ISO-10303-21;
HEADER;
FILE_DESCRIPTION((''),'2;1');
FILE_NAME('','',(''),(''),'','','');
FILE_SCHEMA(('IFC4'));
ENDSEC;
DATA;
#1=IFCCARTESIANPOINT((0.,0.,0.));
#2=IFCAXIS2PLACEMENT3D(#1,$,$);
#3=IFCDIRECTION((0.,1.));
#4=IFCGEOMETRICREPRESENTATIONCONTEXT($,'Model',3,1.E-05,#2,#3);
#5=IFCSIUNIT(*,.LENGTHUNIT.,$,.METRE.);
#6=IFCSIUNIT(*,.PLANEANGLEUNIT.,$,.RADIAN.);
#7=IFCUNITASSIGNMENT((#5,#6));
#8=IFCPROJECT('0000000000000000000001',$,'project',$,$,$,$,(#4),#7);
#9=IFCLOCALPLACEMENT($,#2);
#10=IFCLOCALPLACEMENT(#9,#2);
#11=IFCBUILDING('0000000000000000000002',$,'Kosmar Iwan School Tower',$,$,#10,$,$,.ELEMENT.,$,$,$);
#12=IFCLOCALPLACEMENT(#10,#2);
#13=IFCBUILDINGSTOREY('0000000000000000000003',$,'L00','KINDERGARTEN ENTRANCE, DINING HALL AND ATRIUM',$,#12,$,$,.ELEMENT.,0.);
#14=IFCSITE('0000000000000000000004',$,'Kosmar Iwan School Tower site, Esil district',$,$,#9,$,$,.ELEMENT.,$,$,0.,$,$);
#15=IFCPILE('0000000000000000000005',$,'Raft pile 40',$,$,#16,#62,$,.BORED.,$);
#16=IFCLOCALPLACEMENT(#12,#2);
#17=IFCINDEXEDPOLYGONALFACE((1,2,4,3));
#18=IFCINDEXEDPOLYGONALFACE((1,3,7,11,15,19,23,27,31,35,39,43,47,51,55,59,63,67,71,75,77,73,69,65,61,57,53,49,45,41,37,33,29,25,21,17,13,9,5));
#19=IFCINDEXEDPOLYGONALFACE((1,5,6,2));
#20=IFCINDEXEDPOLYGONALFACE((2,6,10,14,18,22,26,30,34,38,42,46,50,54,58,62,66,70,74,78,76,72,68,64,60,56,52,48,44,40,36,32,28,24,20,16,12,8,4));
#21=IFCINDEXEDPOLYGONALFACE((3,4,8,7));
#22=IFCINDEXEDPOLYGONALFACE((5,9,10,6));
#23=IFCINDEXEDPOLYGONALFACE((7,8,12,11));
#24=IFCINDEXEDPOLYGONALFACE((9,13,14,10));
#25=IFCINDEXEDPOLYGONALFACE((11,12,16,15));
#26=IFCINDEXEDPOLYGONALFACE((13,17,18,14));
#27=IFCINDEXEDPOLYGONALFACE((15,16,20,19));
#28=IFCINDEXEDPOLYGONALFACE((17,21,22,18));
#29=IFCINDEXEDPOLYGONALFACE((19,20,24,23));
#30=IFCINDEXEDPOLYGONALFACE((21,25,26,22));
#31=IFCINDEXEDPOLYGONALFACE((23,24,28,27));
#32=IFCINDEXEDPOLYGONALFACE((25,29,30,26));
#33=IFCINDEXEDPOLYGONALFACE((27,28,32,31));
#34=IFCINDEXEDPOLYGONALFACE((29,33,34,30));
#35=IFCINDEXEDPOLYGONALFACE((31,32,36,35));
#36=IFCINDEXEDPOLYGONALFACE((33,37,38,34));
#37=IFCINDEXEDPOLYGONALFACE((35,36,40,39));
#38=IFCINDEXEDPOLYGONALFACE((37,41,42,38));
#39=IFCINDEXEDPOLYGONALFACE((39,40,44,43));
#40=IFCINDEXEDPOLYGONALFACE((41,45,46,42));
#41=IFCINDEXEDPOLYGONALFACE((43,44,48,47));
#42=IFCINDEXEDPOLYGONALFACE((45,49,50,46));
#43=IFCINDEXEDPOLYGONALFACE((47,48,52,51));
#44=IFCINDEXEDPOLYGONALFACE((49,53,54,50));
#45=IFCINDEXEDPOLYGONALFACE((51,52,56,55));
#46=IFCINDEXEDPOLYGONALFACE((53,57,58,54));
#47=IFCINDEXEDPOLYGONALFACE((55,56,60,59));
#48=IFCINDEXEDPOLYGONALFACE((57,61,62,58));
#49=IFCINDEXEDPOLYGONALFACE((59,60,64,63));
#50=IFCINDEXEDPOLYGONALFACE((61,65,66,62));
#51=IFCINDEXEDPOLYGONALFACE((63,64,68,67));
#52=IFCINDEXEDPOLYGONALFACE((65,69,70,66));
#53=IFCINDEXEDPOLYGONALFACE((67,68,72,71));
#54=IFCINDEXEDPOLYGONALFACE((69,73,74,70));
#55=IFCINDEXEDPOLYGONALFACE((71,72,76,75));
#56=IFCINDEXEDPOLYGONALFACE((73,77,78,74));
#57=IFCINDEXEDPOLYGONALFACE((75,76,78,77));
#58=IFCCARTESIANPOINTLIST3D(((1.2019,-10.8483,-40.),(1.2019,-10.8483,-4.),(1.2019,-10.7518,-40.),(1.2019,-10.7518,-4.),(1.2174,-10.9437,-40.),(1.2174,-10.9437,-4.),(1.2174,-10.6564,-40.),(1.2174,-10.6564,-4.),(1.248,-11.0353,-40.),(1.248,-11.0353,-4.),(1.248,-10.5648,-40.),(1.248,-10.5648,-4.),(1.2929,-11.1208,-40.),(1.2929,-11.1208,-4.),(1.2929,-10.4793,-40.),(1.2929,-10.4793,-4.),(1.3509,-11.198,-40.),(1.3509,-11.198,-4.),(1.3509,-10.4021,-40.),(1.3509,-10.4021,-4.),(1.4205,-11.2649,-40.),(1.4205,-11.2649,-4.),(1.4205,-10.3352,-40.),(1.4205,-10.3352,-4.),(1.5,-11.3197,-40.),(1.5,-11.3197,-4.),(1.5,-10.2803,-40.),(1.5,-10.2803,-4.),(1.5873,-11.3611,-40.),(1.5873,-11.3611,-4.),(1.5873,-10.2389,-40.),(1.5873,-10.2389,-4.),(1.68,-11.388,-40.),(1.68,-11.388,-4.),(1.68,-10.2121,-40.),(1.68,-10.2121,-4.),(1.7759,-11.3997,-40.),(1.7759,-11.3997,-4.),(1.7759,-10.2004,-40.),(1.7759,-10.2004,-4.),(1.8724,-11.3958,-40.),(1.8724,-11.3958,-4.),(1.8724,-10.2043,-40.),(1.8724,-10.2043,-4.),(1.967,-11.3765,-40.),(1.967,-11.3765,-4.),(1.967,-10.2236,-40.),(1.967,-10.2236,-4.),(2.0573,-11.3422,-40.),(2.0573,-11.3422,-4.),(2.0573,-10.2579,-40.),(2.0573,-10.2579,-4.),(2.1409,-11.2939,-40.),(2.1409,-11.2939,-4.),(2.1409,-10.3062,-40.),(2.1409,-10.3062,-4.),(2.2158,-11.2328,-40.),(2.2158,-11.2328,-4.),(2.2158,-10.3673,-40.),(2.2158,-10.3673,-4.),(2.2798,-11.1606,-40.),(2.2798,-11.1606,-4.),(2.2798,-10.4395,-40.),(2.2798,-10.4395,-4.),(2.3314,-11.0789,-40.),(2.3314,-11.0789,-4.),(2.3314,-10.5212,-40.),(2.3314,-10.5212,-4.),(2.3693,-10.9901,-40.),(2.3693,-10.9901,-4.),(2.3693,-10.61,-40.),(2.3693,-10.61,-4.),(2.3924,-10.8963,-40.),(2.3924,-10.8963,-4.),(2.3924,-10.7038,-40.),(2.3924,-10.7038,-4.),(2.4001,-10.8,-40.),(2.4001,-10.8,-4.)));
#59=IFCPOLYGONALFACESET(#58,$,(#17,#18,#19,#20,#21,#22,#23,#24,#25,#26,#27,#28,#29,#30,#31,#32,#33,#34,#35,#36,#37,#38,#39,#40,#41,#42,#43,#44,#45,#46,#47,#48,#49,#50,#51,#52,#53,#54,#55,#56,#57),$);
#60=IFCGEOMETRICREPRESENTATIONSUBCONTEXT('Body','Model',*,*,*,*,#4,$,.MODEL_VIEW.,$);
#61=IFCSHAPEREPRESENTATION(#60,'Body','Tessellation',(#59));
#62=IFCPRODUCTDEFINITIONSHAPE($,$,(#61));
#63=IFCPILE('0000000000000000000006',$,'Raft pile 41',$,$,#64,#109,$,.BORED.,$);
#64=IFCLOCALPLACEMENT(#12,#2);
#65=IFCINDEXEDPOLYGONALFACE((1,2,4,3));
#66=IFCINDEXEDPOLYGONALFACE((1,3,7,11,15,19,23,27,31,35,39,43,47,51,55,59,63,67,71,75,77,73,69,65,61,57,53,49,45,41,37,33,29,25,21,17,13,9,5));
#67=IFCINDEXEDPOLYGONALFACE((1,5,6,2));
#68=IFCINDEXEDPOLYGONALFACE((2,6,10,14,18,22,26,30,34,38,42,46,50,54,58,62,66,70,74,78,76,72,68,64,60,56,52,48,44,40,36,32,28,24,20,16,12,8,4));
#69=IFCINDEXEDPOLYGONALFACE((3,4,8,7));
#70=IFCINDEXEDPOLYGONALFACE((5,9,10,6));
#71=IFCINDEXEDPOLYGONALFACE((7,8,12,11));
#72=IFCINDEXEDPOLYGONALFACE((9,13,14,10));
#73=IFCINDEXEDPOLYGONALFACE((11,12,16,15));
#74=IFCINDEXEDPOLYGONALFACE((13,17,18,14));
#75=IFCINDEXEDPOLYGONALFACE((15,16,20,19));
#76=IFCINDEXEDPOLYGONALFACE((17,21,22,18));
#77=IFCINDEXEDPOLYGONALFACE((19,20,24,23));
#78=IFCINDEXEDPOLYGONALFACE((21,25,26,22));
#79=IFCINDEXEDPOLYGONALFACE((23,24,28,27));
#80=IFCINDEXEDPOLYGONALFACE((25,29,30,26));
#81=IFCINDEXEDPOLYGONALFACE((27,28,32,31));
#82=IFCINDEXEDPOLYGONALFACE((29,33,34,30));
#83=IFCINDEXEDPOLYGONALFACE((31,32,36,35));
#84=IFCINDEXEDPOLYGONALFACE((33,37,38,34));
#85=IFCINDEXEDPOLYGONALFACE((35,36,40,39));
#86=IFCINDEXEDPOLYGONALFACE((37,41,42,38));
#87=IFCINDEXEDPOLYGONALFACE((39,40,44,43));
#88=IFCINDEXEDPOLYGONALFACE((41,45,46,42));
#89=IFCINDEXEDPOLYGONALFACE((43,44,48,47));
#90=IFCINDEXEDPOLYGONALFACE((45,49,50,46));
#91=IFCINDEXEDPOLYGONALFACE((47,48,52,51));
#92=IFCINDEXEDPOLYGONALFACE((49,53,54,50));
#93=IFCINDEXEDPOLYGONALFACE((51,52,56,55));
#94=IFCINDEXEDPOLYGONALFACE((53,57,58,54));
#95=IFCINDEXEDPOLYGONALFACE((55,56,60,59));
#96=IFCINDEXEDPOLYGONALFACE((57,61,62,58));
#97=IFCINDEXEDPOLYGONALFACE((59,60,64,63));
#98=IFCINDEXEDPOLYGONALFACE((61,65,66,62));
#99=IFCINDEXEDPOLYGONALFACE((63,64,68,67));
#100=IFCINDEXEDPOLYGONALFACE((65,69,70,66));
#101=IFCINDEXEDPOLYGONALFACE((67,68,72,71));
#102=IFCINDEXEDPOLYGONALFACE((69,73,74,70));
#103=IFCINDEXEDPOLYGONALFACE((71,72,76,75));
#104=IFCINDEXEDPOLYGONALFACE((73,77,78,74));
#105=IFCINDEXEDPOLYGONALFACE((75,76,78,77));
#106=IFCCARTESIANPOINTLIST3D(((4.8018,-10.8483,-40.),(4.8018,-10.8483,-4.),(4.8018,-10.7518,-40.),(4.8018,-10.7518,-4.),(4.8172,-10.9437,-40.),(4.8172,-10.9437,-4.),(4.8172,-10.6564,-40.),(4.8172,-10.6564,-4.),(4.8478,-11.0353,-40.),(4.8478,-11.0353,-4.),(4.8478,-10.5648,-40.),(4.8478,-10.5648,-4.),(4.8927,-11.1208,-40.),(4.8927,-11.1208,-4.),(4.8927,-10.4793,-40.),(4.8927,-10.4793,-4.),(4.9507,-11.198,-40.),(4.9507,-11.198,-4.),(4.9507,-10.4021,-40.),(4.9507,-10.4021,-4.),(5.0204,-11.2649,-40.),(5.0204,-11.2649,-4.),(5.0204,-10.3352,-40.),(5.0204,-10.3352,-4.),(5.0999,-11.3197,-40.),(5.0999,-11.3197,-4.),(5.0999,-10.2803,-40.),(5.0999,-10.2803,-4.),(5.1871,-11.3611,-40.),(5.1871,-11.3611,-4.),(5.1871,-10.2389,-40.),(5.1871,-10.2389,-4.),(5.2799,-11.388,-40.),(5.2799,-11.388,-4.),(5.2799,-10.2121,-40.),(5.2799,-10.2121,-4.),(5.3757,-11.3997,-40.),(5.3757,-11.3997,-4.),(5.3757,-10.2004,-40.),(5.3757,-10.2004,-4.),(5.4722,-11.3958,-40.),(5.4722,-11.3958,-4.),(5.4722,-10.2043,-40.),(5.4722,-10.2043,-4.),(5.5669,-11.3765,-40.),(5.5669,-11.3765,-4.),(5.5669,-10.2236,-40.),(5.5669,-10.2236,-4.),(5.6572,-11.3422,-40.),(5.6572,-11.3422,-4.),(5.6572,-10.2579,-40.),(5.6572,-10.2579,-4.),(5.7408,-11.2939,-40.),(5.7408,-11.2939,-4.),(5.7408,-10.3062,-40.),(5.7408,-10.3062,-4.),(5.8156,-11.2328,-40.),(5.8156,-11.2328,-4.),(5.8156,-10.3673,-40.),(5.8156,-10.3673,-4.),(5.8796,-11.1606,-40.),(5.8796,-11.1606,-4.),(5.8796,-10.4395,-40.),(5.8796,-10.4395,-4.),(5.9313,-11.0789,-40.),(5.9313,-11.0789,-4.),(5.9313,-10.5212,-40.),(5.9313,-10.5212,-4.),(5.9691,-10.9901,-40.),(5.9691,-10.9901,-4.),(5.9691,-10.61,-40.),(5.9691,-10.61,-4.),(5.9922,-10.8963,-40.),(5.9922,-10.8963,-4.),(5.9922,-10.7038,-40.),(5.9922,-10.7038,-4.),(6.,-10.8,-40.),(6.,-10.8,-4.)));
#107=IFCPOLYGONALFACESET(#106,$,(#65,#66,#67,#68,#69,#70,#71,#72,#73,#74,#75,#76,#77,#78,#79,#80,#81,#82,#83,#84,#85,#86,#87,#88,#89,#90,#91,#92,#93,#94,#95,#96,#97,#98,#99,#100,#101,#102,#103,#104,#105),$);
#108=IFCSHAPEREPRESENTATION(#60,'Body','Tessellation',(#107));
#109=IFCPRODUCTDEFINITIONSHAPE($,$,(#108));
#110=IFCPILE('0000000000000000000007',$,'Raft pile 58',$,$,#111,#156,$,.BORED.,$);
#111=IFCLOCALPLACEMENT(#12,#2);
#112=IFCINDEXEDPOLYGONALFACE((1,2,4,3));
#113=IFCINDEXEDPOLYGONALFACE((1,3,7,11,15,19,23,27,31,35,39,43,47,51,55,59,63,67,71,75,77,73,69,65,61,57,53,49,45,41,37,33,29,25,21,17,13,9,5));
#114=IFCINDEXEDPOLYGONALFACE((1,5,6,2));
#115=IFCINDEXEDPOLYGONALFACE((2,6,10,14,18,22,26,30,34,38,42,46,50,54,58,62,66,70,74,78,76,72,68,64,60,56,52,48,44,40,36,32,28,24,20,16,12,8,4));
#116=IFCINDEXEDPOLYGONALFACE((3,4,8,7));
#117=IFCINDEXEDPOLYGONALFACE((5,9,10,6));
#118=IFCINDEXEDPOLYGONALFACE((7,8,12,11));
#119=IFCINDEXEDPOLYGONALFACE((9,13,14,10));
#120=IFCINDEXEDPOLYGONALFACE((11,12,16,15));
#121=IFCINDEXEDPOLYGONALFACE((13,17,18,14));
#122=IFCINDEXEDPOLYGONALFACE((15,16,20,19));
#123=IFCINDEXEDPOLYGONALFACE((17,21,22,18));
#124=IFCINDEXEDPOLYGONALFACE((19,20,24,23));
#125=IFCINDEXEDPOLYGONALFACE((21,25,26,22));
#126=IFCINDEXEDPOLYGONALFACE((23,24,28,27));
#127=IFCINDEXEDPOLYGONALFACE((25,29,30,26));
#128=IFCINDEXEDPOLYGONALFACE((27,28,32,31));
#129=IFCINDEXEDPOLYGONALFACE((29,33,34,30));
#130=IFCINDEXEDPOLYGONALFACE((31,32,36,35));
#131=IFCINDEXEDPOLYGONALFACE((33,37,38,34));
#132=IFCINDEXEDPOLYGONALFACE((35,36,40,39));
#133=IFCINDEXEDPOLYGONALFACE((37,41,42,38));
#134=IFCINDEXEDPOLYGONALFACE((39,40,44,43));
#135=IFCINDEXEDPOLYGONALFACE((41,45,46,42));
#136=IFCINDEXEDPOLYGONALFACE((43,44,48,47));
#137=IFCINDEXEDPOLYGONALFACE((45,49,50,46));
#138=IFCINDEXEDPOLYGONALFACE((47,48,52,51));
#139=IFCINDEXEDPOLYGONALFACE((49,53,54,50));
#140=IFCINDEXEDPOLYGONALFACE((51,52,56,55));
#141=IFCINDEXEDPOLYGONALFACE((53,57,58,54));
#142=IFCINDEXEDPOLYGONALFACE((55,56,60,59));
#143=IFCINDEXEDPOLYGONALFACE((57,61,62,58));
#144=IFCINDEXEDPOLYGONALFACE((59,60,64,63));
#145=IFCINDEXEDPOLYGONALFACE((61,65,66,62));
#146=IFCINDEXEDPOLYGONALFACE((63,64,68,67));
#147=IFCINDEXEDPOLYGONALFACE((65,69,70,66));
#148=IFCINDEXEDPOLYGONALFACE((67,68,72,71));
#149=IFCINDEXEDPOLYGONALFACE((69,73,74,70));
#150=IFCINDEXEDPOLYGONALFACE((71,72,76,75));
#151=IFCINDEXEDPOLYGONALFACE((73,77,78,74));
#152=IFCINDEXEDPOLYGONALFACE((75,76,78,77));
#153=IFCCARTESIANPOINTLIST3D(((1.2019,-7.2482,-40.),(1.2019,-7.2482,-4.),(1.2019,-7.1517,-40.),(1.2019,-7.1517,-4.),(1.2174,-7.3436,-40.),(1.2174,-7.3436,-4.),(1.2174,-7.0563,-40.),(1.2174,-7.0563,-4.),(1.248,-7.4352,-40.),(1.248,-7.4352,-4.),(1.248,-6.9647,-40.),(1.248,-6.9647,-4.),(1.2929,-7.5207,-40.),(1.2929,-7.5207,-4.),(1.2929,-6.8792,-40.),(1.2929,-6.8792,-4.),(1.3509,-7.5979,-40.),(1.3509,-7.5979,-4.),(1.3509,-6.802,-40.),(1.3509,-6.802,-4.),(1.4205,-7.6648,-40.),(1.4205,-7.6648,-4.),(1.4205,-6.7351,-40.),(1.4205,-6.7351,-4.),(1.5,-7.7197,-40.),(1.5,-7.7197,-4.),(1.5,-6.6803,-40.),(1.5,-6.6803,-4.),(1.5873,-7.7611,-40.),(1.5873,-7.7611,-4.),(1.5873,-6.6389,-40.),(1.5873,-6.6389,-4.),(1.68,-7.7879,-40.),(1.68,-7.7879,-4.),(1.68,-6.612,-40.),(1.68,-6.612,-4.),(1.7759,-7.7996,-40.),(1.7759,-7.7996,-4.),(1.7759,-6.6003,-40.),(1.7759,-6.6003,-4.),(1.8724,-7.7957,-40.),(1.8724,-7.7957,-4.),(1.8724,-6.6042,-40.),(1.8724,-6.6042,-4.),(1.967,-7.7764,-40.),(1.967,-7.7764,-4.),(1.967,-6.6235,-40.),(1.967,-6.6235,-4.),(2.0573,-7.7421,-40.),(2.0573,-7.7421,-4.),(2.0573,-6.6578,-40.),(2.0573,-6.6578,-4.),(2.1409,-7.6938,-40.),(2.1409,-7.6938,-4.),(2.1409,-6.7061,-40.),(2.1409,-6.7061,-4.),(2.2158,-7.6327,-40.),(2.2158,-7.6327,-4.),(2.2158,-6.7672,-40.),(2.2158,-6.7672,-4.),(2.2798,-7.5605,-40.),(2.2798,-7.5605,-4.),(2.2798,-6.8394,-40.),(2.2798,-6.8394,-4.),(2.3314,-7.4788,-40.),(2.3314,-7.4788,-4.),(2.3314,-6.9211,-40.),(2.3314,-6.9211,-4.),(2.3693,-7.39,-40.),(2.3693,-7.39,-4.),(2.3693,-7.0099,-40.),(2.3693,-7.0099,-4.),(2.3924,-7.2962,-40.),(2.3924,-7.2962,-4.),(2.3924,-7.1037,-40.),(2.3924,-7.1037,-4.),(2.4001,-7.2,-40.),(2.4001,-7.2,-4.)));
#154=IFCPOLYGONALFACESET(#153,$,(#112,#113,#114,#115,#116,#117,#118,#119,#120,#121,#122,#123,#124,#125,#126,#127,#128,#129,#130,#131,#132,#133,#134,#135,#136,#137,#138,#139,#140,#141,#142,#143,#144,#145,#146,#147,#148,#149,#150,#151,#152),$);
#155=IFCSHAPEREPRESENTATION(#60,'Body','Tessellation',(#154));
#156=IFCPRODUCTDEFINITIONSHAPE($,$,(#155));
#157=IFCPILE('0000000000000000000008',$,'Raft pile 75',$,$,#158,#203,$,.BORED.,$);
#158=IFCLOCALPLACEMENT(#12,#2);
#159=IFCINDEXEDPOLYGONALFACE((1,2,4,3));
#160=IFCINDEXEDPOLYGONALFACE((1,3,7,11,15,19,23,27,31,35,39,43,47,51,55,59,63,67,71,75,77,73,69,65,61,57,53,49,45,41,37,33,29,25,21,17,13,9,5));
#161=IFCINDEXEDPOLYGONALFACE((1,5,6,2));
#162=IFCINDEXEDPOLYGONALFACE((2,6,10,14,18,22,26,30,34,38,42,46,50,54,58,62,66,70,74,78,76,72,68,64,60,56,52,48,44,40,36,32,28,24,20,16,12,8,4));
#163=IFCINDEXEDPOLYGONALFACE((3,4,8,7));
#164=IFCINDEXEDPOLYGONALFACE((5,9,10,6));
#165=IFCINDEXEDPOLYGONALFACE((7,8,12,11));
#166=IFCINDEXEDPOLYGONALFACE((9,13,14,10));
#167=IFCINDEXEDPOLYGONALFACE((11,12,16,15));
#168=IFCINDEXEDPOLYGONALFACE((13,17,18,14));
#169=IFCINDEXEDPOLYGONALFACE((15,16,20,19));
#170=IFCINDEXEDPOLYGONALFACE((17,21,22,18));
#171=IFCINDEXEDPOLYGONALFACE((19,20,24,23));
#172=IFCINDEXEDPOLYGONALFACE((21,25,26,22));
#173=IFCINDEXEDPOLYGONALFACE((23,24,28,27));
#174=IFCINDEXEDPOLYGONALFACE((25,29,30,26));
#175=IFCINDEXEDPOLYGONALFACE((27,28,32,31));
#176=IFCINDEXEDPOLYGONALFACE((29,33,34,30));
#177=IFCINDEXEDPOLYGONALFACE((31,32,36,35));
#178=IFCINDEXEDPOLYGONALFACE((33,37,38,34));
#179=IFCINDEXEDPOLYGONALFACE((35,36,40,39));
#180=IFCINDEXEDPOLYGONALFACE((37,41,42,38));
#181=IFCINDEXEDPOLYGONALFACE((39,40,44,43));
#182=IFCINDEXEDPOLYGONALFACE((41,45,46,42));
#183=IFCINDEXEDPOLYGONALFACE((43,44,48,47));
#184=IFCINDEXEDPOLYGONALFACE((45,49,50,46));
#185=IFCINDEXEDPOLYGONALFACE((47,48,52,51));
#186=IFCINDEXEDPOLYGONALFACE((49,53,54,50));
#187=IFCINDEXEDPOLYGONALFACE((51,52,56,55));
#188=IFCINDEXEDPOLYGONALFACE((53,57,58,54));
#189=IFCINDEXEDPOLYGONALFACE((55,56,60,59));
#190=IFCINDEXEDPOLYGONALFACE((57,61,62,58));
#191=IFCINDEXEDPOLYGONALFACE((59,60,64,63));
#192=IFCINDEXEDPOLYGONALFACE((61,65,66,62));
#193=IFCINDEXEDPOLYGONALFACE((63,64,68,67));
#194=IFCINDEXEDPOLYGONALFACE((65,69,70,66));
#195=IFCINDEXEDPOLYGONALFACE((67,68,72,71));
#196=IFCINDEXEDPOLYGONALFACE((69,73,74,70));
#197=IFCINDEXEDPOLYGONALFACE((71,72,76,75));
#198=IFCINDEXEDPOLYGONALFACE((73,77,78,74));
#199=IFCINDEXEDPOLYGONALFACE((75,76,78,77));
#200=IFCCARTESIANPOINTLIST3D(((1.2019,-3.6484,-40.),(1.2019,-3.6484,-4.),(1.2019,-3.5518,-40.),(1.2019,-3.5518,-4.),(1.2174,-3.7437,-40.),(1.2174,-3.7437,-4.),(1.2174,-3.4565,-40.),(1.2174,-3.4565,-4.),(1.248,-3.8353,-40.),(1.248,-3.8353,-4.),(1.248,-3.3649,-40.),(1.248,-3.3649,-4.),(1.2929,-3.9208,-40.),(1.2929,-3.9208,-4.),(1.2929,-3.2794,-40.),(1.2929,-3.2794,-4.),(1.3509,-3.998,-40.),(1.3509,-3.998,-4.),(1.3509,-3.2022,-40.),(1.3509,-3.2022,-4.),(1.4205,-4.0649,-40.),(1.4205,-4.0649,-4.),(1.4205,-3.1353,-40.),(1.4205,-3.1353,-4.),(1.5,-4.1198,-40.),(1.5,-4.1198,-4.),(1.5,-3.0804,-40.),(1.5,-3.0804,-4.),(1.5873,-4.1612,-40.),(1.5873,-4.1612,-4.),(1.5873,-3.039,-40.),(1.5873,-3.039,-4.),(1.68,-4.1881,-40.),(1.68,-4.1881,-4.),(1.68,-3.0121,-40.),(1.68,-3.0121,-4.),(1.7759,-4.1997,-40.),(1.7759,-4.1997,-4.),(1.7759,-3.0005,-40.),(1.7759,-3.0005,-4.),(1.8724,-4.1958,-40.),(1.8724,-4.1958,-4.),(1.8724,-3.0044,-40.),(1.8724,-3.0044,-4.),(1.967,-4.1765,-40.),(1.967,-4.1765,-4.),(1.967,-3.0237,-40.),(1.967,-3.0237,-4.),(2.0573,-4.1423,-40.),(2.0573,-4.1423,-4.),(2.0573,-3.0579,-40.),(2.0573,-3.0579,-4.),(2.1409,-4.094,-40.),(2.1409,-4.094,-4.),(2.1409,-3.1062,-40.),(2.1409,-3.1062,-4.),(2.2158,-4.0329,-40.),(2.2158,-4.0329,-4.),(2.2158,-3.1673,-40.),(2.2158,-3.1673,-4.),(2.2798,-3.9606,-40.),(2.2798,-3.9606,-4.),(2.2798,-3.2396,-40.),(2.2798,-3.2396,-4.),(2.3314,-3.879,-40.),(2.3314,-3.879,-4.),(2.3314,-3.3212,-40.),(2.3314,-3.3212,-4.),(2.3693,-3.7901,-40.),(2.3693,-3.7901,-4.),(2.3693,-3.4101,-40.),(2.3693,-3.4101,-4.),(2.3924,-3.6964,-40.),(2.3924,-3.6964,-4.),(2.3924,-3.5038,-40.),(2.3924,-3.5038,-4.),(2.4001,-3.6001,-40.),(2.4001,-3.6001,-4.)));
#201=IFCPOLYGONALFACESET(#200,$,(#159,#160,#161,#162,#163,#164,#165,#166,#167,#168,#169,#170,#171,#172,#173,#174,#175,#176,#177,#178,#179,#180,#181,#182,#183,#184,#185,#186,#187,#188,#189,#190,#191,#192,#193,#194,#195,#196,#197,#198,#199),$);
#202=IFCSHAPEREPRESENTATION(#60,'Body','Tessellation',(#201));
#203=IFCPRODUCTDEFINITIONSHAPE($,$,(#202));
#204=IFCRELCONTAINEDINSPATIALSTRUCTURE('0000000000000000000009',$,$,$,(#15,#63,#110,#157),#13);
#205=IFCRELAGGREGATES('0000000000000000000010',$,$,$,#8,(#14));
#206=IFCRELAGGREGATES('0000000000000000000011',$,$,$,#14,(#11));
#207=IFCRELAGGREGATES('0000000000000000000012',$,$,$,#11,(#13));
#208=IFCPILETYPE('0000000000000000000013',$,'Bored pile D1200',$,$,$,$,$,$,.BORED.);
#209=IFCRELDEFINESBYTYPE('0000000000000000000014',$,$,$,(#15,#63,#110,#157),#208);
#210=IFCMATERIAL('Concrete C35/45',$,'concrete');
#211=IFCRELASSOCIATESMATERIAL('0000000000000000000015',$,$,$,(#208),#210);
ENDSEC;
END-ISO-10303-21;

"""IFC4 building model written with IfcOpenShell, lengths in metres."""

from ifc_helpers import new_model, si_unit, direction, frame, origin, origin_2d, place, context, subcontext, project, spatial, circle, extrude, material, material_profile, profile_set, type_object, element, save


model = new_model("IFC4")

# Units and contexts
model_context = context("Model", 3, precision=1e-05, world=origin(), true_north=direction((0.0, 1.0)))
body_context = subcontext(model_context, "Body", "Model", "MODEL_VIEW")
ifc_project = project(units=[si_unit("LENGTHUNIT", "METRE"), si_unit("PLANEANGLEUNIT", "RADIAN")], contexts=[model_context])

# Site, building, storey
site_placement = place(None, origin())
site = spatial("IfcSite", under=ifc_project, at=site_placement, Name="Kosmar Iwan School Tower site, Esil district", CompositionType="ELEMENT", RefElevation=0.0)
building_placement = place(site_placement, origin())
building = spatial("IfcBuilding", under=site, at=building_placement, Name="Kosmar Iwan School Tower", CompositionType="ELEMENT")
storey_placement = place(building_placement, origin())
storey = spatial("IfcBuildingStorey", under=building, at=storey_placement, Name="L00", Description="KINDERGARTEN ENTRANCE, DINING HALL AND ATRIUM", CompositionType="ELEMENT", Elevation=0.0)

# Piles
ifc_material_1 = material(Name="Concrete C35/45", Category="concrete")
ifc_material_profile = material_profile(ifc_material_1, circle(Radius=0.6001, at=origin_2d()), Name="D1200")
ifc_profile_set = profile_set([ifc_material_profile], Name="Concrete C35/45")
pile_type = type_object("IfcPileType", Name="Bored pile D1200", PredefinedType="BORED", material=ifc_profile_set)
for number, where, z_axis, x_axis, name in (
    (1, (1.8, -10.8, -4.0), (0.0, 0.0, -1.0), (1.0, 0.0, 0.0), "Raft pile 40"),
    (2, (5.3999, -10.8, -4.0), (0.0, 0.0, -1.0), (1.0, 0.0, 0.0), "Raft pile 41"),
    (3, (1.8, -7.2, -4.0), (0.0, 0.0, -1.0), (1.0, 0.0, 0.0), "Raft pile 58"),
    (4, (1.8, -3.6001, -4.0), (0.0, 0.0, -1.0), (1.0, 0.0, 0.0), "Raft pile 75"),
):
    element("IfcPile", number, at=place(storey_placement, frame(where, z_axis=z_axis, x_axis=x_axis)), inside=storey, type_object=pile_type, Name=name, PredefinedType="BORED", context=body_context, shape_type="SweptSolid", body=[
        extrude(circle(Radius=0.6001, at=origin_2d()), origin(), (0.0, 0.0, 1.0), 36.0),
    ])

save(model, "model.ifc")
